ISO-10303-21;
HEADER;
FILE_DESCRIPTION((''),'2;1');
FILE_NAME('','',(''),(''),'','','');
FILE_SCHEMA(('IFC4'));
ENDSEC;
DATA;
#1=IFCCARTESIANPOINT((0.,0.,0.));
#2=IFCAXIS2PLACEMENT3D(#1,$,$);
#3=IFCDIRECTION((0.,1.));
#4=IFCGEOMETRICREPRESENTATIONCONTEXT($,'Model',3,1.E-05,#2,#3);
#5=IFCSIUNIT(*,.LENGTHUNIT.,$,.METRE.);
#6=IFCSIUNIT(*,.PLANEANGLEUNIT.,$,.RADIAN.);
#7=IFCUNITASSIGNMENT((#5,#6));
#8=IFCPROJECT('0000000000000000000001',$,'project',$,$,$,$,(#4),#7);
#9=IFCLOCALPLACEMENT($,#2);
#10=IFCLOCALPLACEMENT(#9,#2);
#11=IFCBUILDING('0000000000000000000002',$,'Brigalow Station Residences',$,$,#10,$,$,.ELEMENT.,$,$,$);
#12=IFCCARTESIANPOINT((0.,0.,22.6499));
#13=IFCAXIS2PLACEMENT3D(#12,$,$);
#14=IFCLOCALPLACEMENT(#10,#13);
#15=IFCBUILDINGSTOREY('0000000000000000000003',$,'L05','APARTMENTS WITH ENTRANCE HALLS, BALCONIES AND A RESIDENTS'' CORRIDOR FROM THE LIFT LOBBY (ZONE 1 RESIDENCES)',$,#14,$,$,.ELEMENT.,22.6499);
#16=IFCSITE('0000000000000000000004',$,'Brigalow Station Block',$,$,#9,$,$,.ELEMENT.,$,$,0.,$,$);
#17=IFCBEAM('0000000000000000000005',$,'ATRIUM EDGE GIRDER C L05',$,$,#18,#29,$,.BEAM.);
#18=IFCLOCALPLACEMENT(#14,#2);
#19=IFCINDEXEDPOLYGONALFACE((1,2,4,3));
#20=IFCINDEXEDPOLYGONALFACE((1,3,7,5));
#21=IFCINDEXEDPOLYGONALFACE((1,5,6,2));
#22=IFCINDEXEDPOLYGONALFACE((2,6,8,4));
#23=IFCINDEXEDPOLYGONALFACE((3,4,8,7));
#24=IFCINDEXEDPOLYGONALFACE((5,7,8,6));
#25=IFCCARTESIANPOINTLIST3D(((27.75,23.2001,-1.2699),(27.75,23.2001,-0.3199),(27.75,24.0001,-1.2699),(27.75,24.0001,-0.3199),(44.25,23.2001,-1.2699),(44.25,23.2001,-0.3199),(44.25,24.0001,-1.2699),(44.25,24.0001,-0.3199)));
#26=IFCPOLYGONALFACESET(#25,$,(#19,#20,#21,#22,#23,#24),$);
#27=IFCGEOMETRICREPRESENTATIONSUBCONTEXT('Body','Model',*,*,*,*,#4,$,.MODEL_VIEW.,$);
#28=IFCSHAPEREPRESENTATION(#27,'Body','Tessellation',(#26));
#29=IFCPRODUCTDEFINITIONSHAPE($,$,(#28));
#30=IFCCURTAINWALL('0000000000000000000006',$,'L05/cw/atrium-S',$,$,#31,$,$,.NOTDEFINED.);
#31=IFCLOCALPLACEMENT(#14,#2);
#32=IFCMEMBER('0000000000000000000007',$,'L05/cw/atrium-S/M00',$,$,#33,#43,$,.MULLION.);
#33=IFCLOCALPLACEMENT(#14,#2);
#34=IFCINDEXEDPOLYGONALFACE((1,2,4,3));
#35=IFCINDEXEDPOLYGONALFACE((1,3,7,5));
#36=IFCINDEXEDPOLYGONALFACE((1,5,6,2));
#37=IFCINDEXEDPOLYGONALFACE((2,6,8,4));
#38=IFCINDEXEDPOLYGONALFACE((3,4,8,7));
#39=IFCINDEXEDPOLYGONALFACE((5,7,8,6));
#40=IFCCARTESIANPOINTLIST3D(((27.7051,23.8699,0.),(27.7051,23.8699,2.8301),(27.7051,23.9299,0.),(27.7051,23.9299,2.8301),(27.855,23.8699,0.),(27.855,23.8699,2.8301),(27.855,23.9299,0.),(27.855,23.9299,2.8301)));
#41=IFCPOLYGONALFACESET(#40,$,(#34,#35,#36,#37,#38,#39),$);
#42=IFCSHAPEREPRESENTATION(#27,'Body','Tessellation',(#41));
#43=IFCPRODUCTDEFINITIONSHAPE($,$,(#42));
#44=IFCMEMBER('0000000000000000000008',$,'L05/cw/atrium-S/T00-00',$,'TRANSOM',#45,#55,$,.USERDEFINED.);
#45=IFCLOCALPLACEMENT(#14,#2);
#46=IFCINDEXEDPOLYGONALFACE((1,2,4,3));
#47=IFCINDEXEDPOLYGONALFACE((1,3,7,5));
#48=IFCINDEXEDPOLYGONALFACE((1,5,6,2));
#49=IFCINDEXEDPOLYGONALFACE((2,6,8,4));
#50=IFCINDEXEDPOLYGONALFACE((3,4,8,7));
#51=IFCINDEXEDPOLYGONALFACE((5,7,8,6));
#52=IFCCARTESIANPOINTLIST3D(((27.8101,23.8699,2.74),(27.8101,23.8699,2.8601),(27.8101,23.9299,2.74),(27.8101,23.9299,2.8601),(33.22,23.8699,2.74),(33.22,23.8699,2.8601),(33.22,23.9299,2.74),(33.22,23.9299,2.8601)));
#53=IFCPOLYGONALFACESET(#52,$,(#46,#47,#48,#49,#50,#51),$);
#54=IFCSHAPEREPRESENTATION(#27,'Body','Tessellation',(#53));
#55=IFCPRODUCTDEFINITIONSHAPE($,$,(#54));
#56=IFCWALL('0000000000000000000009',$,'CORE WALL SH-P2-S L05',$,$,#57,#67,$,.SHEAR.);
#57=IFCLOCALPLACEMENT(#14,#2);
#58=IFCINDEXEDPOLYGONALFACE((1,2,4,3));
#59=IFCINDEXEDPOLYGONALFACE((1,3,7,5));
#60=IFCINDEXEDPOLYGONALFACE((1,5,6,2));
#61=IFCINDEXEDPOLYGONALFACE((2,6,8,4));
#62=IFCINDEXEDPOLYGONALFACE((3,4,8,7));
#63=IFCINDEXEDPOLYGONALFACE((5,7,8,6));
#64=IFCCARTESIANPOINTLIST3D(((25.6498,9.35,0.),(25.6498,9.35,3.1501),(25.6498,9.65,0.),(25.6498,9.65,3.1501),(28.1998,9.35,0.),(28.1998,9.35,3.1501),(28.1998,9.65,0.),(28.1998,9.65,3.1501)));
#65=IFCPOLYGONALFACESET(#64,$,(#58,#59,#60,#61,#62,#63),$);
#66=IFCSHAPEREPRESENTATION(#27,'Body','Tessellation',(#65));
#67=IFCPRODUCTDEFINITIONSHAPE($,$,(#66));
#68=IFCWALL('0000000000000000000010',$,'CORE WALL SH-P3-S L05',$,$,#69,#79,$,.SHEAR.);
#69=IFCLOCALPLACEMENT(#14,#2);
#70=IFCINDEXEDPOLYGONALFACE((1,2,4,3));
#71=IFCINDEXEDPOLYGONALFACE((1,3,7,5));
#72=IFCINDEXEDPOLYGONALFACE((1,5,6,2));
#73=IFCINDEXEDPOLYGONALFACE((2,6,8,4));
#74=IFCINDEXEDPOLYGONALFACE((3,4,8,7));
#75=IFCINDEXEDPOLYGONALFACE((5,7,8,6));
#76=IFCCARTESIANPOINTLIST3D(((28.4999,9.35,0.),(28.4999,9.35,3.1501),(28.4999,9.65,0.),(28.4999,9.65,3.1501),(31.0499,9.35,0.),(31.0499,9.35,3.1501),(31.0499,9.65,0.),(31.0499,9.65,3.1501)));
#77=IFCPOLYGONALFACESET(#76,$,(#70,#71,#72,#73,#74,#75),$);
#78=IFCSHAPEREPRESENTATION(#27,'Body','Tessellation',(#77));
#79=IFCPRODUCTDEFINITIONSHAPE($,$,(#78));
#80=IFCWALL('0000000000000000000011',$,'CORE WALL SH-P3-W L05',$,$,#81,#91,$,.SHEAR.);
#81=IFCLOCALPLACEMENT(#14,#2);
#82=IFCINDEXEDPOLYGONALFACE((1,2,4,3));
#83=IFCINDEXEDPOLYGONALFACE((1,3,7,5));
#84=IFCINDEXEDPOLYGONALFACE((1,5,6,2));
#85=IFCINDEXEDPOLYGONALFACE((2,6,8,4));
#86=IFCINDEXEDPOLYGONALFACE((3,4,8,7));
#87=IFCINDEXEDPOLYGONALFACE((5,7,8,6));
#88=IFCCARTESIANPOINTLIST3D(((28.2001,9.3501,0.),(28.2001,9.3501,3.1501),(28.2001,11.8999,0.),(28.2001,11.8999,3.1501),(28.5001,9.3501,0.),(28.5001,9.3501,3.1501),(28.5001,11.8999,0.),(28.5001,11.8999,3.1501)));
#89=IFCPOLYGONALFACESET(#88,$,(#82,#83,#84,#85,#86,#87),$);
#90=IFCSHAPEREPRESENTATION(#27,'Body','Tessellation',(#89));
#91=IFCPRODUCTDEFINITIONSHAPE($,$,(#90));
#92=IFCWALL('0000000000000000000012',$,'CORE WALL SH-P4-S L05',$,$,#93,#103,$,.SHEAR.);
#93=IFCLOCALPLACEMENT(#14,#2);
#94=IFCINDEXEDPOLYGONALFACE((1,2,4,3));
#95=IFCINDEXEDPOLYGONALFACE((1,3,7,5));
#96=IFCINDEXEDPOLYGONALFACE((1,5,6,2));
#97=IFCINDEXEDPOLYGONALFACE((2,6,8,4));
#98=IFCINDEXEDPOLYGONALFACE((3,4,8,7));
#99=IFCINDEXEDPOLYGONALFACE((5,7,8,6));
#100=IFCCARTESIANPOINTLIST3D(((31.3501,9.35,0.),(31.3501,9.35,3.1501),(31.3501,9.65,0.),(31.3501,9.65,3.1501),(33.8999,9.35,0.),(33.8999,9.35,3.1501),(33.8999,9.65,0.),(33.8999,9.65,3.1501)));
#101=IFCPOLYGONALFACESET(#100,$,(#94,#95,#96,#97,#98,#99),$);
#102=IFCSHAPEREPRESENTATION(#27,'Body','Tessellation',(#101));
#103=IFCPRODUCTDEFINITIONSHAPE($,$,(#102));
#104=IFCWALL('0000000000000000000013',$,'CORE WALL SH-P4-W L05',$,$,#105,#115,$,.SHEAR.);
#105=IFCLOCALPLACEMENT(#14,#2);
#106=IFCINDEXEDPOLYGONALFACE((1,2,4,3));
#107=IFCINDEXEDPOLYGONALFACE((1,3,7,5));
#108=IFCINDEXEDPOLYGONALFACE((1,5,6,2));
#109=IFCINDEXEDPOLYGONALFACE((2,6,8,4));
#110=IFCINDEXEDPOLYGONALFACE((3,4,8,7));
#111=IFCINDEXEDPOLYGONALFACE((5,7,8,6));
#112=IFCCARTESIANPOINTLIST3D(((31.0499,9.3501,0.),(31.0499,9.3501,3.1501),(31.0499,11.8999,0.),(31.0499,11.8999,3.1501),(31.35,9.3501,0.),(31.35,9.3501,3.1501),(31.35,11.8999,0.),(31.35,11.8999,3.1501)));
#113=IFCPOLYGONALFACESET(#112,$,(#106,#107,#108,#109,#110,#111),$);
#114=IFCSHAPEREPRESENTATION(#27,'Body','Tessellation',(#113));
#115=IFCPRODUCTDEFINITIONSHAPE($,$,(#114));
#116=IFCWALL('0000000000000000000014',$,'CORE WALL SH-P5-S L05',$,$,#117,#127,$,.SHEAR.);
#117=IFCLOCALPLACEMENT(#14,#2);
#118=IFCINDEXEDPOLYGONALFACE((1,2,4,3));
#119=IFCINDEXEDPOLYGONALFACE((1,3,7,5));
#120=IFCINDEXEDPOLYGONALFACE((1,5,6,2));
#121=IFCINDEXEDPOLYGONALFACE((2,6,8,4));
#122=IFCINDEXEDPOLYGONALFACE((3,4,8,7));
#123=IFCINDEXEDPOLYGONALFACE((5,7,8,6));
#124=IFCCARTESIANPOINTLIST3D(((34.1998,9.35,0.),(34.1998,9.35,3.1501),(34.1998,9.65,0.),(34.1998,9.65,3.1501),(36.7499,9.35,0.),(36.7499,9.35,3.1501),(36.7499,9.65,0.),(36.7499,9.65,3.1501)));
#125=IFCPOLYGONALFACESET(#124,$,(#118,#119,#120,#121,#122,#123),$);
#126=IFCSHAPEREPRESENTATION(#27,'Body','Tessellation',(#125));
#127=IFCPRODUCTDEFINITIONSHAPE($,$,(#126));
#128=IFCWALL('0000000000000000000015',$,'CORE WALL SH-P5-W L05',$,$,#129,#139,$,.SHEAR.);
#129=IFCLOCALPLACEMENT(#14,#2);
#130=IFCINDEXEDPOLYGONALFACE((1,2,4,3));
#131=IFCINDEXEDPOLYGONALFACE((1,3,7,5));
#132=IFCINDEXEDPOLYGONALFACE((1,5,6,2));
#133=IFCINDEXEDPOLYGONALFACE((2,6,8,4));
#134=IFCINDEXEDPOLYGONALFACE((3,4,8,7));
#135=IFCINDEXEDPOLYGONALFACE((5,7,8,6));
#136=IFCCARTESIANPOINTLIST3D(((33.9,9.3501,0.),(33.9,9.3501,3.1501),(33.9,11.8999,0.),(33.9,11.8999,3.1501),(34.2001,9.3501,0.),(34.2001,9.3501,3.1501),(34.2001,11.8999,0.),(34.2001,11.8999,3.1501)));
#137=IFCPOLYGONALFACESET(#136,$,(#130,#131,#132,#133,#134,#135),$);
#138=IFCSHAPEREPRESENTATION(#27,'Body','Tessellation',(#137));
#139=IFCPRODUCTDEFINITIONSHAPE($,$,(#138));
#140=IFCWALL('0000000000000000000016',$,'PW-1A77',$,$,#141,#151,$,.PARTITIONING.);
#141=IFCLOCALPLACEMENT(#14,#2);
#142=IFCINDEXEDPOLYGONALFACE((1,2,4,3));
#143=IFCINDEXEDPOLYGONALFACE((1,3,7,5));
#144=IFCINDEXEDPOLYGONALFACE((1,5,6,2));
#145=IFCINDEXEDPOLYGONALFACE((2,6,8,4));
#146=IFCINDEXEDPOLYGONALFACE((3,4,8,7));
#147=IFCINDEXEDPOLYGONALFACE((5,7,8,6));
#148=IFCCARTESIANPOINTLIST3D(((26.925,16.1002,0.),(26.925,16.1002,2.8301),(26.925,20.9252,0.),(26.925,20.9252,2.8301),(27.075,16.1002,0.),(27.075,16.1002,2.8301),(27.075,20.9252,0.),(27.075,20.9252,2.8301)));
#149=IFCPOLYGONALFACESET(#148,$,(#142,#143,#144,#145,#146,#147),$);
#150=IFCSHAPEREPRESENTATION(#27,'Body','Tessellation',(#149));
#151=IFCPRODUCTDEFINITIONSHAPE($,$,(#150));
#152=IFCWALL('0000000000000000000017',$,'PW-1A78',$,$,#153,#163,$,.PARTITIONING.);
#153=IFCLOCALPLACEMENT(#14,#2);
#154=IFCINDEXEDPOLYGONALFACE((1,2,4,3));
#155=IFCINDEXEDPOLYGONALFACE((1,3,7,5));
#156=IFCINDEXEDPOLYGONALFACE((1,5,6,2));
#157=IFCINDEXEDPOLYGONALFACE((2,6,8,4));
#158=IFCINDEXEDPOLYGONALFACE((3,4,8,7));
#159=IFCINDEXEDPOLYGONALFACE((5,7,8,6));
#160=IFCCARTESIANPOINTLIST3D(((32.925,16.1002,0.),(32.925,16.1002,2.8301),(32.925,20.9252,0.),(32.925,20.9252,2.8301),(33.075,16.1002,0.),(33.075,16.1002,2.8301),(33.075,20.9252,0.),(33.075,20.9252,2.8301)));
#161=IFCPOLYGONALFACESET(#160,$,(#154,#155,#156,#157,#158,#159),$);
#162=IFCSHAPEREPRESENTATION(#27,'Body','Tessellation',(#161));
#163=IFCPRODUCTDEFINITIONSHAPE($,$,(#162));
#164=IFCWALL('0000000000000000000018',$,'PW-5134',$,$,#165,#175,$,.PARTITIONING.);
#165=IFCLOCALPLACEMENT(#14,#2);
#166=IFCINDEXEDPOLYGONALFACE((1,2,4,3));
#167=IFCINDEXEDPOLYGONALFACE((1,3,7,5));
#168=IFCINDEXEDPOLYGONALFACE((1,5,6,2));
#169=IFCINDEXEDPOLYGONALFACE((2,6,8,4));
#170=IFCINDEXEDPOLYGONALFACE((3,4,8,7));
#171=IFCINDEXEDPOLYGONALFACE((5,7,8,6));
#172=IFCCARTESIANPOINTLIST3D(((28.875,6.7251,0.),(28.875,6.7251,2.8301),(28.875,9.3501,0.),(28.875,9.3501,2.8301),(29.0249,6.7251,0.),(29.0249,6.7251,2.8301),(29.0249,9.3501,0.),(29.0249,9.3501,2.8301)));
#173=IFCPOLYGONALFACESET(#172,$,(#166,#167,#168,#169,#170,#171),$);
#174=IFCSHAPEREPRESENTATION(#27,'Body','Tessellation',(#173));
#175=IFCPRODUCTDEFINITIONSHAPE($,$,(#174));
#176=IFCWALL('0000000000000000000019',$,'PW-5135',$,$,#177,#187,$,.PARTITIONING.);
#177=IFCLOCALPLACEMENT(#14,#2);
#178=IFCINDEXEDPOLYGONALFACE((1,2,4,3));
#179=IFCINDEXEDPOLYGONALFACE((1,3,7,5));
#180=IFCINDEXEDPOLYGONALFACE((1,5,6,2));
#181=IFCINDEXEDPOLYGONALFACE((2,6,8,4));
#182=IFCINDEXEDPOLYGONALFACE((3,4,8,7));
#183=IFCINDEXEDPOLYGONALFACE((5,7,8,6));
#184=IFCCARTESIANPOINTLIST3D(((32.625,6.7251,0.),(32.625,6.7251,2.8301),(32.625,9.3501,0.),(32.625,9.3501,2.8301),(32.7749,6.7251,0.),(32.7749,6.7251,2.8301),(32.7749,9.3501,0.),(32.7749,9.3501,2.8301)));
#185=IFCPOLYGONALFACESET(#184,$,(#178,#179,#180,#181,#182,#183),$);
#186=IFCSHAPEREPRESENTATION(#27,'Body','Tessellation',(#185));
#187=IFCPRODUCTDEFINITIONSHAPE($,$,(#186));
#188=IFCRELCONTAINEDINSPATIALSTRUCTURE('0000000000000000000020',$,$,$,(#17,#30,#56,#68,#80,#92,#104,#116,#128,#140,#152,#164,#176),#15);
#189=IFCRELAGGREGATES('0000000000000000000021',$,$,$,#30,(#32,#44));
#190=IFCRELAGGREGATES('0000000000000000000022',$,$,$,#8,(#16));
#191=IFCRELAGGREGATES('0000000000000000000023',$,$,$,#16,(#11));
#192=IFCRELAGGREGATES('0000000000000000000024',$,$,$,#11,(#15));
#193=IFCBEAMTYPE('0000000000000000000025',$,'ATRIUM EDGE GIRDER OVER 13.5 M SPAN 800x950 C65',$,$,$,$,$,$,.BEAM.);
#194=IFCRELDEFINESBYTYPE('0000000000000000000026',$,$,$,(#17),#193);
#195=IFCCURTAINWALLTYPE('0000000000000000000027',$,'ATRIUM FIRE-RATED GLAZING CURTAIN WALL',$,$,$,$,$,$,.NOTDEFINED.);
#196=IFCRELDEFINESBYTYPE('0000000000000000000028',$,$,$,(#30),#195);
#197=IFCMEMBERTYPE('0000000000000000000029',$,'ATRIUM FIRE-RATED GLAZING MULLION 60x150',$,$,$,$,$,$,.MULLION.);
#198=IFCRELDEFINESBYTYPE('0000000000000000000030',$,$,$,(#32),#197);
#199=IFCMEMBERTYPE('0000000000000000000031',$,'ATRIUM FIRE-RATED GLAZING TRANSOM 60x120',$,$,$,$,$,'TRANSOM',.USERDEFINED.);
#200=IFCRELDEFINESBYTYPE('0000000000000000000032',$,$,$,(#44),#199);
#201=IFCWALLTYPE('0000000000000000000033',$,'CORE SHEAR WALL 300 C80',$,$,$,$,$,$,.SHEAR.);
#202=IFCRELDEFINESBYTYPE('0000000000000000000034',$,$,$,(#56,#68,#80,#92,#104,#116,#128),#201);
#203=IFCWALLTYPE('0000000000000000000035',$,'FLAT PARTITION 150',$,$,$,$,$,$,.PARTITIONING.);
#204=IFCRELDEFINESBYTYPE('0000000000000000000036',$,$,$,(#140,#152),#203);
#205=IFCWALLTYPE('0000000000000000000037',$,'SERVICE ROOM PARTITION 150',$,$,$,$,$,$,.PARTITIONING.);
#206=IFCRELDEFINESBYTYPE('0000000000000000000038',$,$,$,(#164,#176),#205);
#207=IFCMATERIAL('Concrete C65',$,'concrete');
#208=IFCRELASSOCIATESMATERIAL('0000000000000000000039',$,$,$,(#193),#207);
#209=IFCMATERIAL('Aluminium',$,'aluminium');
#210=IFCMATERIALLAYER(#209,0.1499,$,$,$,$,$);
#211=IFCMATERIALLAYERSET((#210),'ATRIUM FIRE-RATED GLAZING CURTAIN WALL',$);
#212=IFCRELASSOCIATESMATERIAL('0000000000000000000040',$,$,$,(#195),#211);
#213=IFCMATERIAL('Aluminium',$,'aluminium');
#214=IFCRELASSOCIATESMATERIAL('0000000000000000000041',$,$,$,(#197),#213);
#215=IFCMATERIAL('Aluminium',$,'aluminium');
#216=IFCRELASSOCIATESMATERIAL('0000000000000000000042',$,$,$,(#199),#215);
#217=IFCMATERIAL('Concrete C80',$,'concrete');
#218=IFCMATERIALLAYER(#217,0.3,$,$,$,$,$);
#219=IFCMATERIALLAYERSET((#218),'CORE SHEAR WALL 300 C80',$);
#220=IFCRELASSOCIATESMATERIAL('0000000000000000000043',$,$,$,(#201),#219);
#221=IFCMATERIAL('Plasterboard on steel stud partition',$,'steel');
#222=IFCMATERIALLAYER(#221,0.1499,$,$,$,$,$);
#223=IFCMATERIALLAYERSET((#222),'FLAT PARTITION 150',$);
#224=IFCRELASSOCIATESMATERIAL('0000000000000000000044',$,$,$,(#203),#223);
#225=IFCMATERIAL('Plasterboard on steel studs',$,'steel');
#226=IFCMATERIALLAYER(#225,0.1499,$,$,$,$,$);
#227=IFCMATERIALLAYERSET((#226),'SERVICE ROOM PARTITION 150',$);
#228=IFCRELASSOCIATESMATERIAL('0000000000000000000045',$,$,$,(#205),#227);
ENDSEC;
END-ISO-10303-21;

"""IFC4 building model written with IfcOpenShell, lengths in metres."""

from ifc_helpers import new_model, si_unit, direction, frame, frame_2d, origin, origin_2d, place, context, subcontext, project, spatial, rectangle, extrude, material, layer, layer_set, material_profile, profile_set, type_object, element, aggregate, save


model = new_model("IFC4")

# Units and contexts
model_context = context("Model", 3, precision=1e-05, world=origin(), true_north=direction((0.0, 1.0)))
body_context = subcontext(model_context, "Body", "Model", "MODEL_VIEW")
ifc_project = project(units=[si_unit("LENGTHUNIT", "METRE"), si_unit("PLANEANGLEUNIT", "RADIAN")], contexts=[model_context])

# Site, building, storey
site_placement = place(None, origin())
site = spatial("IfcSite", under=ifc_project, at=site_placement, Name="Brigalow Station Block", CompositionType="ELEMENT", RefElevation=0.0)
building_placement = place(site_placement, origin())
building = spatial("IfcBuilding", under=site, at=building_placement, Name="Brigalow Station Residences", CompositionType="ELEMENT")
storey_placement = place(building_placement, frame((0.0, 0.0, 22.6499)))
storey = spatial("IfcBuildingStorey", under=building, at=storey_placement, Name="L05", Description="APARTMENTS WITH ENTRANCE HALLS, BALCONIES AND A RESIDENTS' CORRIDOR FROM THE LIFT LOBBY (ZONE 1 RESIDENCES)", CompositionType="ELEMENT", Elevation=22.6499)

# Beam
ifc_material_1 = material(Name="Concrete C65", Category="concrete")
ifc_material_profile_1 = material_profile(ifc_material_1, rectangle(XDim=0.8, YDim=0.95, at=origin_2d()), Name="RC800x950")
ifc_profile_set_1 = profile_set([ifc_material_profile_1], Name="Concrete C65")
beam_type = type_object("IfcBeamType", Name="ATRIUM EDGE GIRDER OVER 13.5 M SPAN 800x950 C65", PredefinedType="BEAM", material=ifc_profile_set_1)
beam_placement = place(storey_placement, frame((27.75, 23.6001, -0.7949), z_axis=(1.0, 0.0, 0.0), x_axis=(0.0, 1.0, 0.0)))
element("IfcBeam", 1, at=beam_placement, inside=storey, type_object=beam_type, Name="ATRIUM EDGE GIRDER C L05", PredefinedType="BEAM", context=body_context, shape_type="SweptSolid", body=[
    extrude(rectangle(XDim=0.8, YDim=0.95, at=origin_2d()), origin(), (0.0, 0.0, 1.0), 16.5),
])

# Curtain wall, members
ifc_material_2 = material(Name="Aluminium", Category="aluminium")
ifc_layer_1 = layer(ifc_material_2, 0.1499)
ifc_layer_set_1 = layer_set([ifc_layer_1], Name="ATRIUM FIRE-RATED GLAZING CURTAIN WALL")
curtain_wall_type = type_object("IfcCurtainWallType", Name="ATRIUM FIRE-RATED GLAZING CURTAIN WALL", PredefinedType="NOTDEFINED", material=ifc_layer_set_1)
curtain_wall_placement = place(storey_placement, origin())
curtain_wall = element("IfcCurtainWall", 2, at=curtain_wall_placement, inside=storey, type_object=curtain_wall_type, Name="L05/cw/atrium-S", PredefinedType="NOTDEFINED")
ifc_material_3 = material(Name="Aluminium", Category="aluminium")
ifc_material_profile_2 = material_profile(ifc_material_3, rectangle(XDim=0.0601, YDim=0.1499, at=origin_2d()), Name="ATRIUM FIRE-RATED GLAZING MULLION 60x150")
ifc_profile_set_2 = profile_set([ifc_material_profile_2], Name="Aluminium")
member_type_1 = type_object("IfcMemberType", Name="ATRIUM FIRE-RATED GLAZING MULLION 60x150", PredefinedType="MULLION", material=ifc_profile_set_2)
member_1_placement = place(storey_placement, frame((27.78, 23.8999, 0.0), z_axis=(0.0, 0.0, 1.0), x_axis=(0.0, 1.0, 0.0)))
member_1 = element("IfcMember", 3, at=member_1_placement, type_object=member_type_1, Name="L05/cw/atrium-S/M00", PredefinedType="MULLION", context=body_context, shape_type="SweptSolid", body=[
    extrude(rectangle(XDim=0.0601, YDim=0.1499, at=origin_2d()), origin(), (0.0, 0.0, 1.0), 2.8301),
])
ifc_material_4 = material(Name="Aluminium", Category="aluminium")
ifc_material_profile_3 = material_profile(ifc_material_4, rectangle(XDim=0.0601, YDim=0.1201, at=origin_2d()), Name="ATRIUM FIRE-RATED GLAZING TRANSOM 60x120")
ifc_profile_set_3 = profile_set([ifc_material_profile_3], Name="Aluminium")
member_type_2 = type_object("IfcMemberType", Name="ATRIUM FIRE-RATED GLAZING TRANSOM 60x120", ElementType="TRANSOM", PredefinedType="USERDEFINED", material=ifc_profile_set_3)
member_2_placement = place(storey_placement, frame((27.8101, 23.8999, 2.8), z_axis=(1.0, 0.0, 0.0), x_axis=(0.0, 1.0, 0.0)))
member_2 = element("IfcMember", 4, at=member_2_placement, type_object=member_type_2, Name="L05/cw/atrium-S/T00-00", ObjectType="TRANSOM", PredefinedType="USERDEFINED", context=body_context, shape_type="SweptSolid", body=[
    extrude(rectangle(XDim=0.0601, YDim=0.1201, at=origin_2d()), origin(), (0.0, 0.0, 1.0), 5.4099),
])
aggregate(curtain_wall, [member_1, member_2])

# Walls
ifc_material_5 = material(Name="Concrete C80", Category="concrete")
ifc_layer_2 = layer(ifc_material_5, 0.3)
ifc_layer_set_2 = layer_set([ifc_layer_2], Name="CORE SHEAR WALL 300 C80")
wall_type_1 = type_object("IfcWallType", Name="CORE SHEAR WALL 300 C80", PredefinedType="SHEAR", material=ifc_layer_set_2)
for number, where, z_axis, x_axis, name in (
    (5, (25.6499, 9.5, 0.0), (0.0, 0.0, 1.0), (1.0, 0.0, 0.0), "CORE WALL SH-P2-S L05"),
    (6, (28.5, 9.5, 0.0), (0.0, 0.0, 1.0), (1.0, 0.0, 0.0), "CORE WALL SH-P3-S L05"),
):
    element("IfcWall", number, at=place(storey_placement, frame(where, z_axis=z_axis, x_axis=x_axis)), inside=storey, type_object=wall_type_1, Name=name, PredefinedType="SHEAR", context=body_context, shape_type="SweptSolid", body=[
        extrude(rectangle(XDim=2.55, YDim=0.3, at=frame_2d((1.2749, 0.0))), origin(), (0.0, 0.0, 1.0), 3.1501),
    ])
for number, where, z_axis, x_axis, name in (
    (7, (28.3501, 9.3501, 0.0), (0.0, 0.0, 1.0), (0.0, 1.0, 0.0), "CORE WALL SH-P3-W L05"),
    (8, (31.3501, 9.5, 0.0), (0.0, 0.0, 1.0), (1.0, 0.0, 0.0), "CORE WALL SH-P4-S L05"),
    (9, (31.2, 9.3501, 0.0), (0.0, 0.0, 1.0), (0.0, 1.0, 0.0), "CORE WALL SH-P4-W L05"),
):
    element("IfcWall", number, at=place(storey_placement, frame(where, z_axis=z_axis, x_axis=x_axis)), inside=storey, type_object=wall_type_1, Name=name, PredefinedType="SHEAR", context=body_context, shape_type="SweptSolid", body=[
        extrude(rectangle(XDim=2.5498, YDim=0.3, at=frame_2d((1.2749, 0.0))), origin(), (0.0, 0.0, 1.0), 3.1501),
    ])
wall_1_placement = place(storey_placement, frame((34.2, 9.5, 0.0), z_axis=(0.0, 0.0, 1.0), x_axis=(1.0, 0.0, 0.0)))
element("IfcWall", 10, at=wall_1_placement, inside=storey, type_object=wall_type_1, Name="CORE WALL SH-P5-S L05", PredefinedType="SHEAR", context=body_context, shape_type="SweptSolid", body=[
    extrude(rectangle(XDim=2.55, YDim=0.3, at=frame_2d((1.2749, 0.0))), origin(), (0.0, 0.0, 1.0), 3.1501),
])
wall_2_placement = place(storey_placement, frame((34.05, 9.3501, 0.0), z_axis=(0.0, 0.0, 1.0), x_axis=(0.0, 1.0, 0.0)))
element("IfcWall", 11, at=wall_2_placement, inside=storey, type_object=wall_type_1, Name="CORE WALL SH-P5-W L05", PredefinedType="SHEAR", context=body_context, shape_type="SweptSolid", body=[
    extrude(rectangle(XDim=2.5498, YDim=0.3, at=frame_2d((1.2749, 0.0))), origin(), (0.0, 0.0, 1.0), 3.1501),
])
ifc_material_6 = material(Name="Plasterboard on steel stud partition", Category="steel")
ifc_layer_3 = layer(ifc_material_6, 0.1499)
ifc_layer_set_3 = layer_set([ifc_layer_3], Name="FLAT PARTITION 150")
wall_type_2 = type_object("IfcWallType", Name="FLAT PARTITION 150", PredefinedType="PARTITIONING", material=ifc_layer_set_3)
for number, where, z_axis, x_axis, name in (
    (12, (27.0, 16.1001, 0.0), (0.0, 0.0, 1.0), (0.0, 1.0, 0.0), "PW-1A77"),
    (13, (33.0, 16.1001, 0.0), (0.0, 0.0, 1.0), (0.0, 1.0, 0.0), "PW-1A78"),
):
    element("IfcWall", number, at=place(storey_placement, frame(where, z_axis=z_axis, x_axis=x_axis)), inside=storey, type_object=wall_type_2, Name=name, PredefinedType="PARTITIONING", context=body_context, shape_type="SweptSolid", body=[
        extrude(rectangle(XDim=4.825, YDim=0.1499, at=frame_2d((2.4126, 0.0))), origin(), (0.0, 0.0, 1.0), 2.8301),
    ])
ifc_material_7 = material(Name="Plasterboard on steel studs", Category="steel")
ifc_layer_4 = layer(ifc_material_7, 0.1499)
ifc_layer_set_4 = layer_set([ifc_layer_4], Name="SERVICE ROOM PARTITION 150")
wall_type_3 = type_object("IfcWallType", Name="SERVICE ROOM PARTITION 150", PredefinedType="PARTITIONING", material=ifc_layer_set_4)
for number, where, z_axis, x_axis, name in (
    (14, (28.95, 6.7251, 0.0), (0.0, 0.0, 1.0), (0.0, 1.0, 0.0), "PW-5134"),
    (15, (32.7, 6.7251, 0.0), (0.0, 0.0, 1.0), (0.0, 1.0, 0.0), "PW-5135"),
):
    element("IfcWall", number, at=place(storey_placement, frame(where, z_axis=z_axis, x_axis=x_axis)), inside=storey, type_object=wall_type_3, Name=name, PredefinedType="PARTITIONING", context=body_context, shape_type="SweptSolid", body=[
        extrude(rectangle(XDim=2.625, YDim=0.1499, at=frame_2d((1.3125, 0.0))), origin(), (0.0, 0.0, 1.0), 2.8301),
    ])

save(model, "model.ifc")
